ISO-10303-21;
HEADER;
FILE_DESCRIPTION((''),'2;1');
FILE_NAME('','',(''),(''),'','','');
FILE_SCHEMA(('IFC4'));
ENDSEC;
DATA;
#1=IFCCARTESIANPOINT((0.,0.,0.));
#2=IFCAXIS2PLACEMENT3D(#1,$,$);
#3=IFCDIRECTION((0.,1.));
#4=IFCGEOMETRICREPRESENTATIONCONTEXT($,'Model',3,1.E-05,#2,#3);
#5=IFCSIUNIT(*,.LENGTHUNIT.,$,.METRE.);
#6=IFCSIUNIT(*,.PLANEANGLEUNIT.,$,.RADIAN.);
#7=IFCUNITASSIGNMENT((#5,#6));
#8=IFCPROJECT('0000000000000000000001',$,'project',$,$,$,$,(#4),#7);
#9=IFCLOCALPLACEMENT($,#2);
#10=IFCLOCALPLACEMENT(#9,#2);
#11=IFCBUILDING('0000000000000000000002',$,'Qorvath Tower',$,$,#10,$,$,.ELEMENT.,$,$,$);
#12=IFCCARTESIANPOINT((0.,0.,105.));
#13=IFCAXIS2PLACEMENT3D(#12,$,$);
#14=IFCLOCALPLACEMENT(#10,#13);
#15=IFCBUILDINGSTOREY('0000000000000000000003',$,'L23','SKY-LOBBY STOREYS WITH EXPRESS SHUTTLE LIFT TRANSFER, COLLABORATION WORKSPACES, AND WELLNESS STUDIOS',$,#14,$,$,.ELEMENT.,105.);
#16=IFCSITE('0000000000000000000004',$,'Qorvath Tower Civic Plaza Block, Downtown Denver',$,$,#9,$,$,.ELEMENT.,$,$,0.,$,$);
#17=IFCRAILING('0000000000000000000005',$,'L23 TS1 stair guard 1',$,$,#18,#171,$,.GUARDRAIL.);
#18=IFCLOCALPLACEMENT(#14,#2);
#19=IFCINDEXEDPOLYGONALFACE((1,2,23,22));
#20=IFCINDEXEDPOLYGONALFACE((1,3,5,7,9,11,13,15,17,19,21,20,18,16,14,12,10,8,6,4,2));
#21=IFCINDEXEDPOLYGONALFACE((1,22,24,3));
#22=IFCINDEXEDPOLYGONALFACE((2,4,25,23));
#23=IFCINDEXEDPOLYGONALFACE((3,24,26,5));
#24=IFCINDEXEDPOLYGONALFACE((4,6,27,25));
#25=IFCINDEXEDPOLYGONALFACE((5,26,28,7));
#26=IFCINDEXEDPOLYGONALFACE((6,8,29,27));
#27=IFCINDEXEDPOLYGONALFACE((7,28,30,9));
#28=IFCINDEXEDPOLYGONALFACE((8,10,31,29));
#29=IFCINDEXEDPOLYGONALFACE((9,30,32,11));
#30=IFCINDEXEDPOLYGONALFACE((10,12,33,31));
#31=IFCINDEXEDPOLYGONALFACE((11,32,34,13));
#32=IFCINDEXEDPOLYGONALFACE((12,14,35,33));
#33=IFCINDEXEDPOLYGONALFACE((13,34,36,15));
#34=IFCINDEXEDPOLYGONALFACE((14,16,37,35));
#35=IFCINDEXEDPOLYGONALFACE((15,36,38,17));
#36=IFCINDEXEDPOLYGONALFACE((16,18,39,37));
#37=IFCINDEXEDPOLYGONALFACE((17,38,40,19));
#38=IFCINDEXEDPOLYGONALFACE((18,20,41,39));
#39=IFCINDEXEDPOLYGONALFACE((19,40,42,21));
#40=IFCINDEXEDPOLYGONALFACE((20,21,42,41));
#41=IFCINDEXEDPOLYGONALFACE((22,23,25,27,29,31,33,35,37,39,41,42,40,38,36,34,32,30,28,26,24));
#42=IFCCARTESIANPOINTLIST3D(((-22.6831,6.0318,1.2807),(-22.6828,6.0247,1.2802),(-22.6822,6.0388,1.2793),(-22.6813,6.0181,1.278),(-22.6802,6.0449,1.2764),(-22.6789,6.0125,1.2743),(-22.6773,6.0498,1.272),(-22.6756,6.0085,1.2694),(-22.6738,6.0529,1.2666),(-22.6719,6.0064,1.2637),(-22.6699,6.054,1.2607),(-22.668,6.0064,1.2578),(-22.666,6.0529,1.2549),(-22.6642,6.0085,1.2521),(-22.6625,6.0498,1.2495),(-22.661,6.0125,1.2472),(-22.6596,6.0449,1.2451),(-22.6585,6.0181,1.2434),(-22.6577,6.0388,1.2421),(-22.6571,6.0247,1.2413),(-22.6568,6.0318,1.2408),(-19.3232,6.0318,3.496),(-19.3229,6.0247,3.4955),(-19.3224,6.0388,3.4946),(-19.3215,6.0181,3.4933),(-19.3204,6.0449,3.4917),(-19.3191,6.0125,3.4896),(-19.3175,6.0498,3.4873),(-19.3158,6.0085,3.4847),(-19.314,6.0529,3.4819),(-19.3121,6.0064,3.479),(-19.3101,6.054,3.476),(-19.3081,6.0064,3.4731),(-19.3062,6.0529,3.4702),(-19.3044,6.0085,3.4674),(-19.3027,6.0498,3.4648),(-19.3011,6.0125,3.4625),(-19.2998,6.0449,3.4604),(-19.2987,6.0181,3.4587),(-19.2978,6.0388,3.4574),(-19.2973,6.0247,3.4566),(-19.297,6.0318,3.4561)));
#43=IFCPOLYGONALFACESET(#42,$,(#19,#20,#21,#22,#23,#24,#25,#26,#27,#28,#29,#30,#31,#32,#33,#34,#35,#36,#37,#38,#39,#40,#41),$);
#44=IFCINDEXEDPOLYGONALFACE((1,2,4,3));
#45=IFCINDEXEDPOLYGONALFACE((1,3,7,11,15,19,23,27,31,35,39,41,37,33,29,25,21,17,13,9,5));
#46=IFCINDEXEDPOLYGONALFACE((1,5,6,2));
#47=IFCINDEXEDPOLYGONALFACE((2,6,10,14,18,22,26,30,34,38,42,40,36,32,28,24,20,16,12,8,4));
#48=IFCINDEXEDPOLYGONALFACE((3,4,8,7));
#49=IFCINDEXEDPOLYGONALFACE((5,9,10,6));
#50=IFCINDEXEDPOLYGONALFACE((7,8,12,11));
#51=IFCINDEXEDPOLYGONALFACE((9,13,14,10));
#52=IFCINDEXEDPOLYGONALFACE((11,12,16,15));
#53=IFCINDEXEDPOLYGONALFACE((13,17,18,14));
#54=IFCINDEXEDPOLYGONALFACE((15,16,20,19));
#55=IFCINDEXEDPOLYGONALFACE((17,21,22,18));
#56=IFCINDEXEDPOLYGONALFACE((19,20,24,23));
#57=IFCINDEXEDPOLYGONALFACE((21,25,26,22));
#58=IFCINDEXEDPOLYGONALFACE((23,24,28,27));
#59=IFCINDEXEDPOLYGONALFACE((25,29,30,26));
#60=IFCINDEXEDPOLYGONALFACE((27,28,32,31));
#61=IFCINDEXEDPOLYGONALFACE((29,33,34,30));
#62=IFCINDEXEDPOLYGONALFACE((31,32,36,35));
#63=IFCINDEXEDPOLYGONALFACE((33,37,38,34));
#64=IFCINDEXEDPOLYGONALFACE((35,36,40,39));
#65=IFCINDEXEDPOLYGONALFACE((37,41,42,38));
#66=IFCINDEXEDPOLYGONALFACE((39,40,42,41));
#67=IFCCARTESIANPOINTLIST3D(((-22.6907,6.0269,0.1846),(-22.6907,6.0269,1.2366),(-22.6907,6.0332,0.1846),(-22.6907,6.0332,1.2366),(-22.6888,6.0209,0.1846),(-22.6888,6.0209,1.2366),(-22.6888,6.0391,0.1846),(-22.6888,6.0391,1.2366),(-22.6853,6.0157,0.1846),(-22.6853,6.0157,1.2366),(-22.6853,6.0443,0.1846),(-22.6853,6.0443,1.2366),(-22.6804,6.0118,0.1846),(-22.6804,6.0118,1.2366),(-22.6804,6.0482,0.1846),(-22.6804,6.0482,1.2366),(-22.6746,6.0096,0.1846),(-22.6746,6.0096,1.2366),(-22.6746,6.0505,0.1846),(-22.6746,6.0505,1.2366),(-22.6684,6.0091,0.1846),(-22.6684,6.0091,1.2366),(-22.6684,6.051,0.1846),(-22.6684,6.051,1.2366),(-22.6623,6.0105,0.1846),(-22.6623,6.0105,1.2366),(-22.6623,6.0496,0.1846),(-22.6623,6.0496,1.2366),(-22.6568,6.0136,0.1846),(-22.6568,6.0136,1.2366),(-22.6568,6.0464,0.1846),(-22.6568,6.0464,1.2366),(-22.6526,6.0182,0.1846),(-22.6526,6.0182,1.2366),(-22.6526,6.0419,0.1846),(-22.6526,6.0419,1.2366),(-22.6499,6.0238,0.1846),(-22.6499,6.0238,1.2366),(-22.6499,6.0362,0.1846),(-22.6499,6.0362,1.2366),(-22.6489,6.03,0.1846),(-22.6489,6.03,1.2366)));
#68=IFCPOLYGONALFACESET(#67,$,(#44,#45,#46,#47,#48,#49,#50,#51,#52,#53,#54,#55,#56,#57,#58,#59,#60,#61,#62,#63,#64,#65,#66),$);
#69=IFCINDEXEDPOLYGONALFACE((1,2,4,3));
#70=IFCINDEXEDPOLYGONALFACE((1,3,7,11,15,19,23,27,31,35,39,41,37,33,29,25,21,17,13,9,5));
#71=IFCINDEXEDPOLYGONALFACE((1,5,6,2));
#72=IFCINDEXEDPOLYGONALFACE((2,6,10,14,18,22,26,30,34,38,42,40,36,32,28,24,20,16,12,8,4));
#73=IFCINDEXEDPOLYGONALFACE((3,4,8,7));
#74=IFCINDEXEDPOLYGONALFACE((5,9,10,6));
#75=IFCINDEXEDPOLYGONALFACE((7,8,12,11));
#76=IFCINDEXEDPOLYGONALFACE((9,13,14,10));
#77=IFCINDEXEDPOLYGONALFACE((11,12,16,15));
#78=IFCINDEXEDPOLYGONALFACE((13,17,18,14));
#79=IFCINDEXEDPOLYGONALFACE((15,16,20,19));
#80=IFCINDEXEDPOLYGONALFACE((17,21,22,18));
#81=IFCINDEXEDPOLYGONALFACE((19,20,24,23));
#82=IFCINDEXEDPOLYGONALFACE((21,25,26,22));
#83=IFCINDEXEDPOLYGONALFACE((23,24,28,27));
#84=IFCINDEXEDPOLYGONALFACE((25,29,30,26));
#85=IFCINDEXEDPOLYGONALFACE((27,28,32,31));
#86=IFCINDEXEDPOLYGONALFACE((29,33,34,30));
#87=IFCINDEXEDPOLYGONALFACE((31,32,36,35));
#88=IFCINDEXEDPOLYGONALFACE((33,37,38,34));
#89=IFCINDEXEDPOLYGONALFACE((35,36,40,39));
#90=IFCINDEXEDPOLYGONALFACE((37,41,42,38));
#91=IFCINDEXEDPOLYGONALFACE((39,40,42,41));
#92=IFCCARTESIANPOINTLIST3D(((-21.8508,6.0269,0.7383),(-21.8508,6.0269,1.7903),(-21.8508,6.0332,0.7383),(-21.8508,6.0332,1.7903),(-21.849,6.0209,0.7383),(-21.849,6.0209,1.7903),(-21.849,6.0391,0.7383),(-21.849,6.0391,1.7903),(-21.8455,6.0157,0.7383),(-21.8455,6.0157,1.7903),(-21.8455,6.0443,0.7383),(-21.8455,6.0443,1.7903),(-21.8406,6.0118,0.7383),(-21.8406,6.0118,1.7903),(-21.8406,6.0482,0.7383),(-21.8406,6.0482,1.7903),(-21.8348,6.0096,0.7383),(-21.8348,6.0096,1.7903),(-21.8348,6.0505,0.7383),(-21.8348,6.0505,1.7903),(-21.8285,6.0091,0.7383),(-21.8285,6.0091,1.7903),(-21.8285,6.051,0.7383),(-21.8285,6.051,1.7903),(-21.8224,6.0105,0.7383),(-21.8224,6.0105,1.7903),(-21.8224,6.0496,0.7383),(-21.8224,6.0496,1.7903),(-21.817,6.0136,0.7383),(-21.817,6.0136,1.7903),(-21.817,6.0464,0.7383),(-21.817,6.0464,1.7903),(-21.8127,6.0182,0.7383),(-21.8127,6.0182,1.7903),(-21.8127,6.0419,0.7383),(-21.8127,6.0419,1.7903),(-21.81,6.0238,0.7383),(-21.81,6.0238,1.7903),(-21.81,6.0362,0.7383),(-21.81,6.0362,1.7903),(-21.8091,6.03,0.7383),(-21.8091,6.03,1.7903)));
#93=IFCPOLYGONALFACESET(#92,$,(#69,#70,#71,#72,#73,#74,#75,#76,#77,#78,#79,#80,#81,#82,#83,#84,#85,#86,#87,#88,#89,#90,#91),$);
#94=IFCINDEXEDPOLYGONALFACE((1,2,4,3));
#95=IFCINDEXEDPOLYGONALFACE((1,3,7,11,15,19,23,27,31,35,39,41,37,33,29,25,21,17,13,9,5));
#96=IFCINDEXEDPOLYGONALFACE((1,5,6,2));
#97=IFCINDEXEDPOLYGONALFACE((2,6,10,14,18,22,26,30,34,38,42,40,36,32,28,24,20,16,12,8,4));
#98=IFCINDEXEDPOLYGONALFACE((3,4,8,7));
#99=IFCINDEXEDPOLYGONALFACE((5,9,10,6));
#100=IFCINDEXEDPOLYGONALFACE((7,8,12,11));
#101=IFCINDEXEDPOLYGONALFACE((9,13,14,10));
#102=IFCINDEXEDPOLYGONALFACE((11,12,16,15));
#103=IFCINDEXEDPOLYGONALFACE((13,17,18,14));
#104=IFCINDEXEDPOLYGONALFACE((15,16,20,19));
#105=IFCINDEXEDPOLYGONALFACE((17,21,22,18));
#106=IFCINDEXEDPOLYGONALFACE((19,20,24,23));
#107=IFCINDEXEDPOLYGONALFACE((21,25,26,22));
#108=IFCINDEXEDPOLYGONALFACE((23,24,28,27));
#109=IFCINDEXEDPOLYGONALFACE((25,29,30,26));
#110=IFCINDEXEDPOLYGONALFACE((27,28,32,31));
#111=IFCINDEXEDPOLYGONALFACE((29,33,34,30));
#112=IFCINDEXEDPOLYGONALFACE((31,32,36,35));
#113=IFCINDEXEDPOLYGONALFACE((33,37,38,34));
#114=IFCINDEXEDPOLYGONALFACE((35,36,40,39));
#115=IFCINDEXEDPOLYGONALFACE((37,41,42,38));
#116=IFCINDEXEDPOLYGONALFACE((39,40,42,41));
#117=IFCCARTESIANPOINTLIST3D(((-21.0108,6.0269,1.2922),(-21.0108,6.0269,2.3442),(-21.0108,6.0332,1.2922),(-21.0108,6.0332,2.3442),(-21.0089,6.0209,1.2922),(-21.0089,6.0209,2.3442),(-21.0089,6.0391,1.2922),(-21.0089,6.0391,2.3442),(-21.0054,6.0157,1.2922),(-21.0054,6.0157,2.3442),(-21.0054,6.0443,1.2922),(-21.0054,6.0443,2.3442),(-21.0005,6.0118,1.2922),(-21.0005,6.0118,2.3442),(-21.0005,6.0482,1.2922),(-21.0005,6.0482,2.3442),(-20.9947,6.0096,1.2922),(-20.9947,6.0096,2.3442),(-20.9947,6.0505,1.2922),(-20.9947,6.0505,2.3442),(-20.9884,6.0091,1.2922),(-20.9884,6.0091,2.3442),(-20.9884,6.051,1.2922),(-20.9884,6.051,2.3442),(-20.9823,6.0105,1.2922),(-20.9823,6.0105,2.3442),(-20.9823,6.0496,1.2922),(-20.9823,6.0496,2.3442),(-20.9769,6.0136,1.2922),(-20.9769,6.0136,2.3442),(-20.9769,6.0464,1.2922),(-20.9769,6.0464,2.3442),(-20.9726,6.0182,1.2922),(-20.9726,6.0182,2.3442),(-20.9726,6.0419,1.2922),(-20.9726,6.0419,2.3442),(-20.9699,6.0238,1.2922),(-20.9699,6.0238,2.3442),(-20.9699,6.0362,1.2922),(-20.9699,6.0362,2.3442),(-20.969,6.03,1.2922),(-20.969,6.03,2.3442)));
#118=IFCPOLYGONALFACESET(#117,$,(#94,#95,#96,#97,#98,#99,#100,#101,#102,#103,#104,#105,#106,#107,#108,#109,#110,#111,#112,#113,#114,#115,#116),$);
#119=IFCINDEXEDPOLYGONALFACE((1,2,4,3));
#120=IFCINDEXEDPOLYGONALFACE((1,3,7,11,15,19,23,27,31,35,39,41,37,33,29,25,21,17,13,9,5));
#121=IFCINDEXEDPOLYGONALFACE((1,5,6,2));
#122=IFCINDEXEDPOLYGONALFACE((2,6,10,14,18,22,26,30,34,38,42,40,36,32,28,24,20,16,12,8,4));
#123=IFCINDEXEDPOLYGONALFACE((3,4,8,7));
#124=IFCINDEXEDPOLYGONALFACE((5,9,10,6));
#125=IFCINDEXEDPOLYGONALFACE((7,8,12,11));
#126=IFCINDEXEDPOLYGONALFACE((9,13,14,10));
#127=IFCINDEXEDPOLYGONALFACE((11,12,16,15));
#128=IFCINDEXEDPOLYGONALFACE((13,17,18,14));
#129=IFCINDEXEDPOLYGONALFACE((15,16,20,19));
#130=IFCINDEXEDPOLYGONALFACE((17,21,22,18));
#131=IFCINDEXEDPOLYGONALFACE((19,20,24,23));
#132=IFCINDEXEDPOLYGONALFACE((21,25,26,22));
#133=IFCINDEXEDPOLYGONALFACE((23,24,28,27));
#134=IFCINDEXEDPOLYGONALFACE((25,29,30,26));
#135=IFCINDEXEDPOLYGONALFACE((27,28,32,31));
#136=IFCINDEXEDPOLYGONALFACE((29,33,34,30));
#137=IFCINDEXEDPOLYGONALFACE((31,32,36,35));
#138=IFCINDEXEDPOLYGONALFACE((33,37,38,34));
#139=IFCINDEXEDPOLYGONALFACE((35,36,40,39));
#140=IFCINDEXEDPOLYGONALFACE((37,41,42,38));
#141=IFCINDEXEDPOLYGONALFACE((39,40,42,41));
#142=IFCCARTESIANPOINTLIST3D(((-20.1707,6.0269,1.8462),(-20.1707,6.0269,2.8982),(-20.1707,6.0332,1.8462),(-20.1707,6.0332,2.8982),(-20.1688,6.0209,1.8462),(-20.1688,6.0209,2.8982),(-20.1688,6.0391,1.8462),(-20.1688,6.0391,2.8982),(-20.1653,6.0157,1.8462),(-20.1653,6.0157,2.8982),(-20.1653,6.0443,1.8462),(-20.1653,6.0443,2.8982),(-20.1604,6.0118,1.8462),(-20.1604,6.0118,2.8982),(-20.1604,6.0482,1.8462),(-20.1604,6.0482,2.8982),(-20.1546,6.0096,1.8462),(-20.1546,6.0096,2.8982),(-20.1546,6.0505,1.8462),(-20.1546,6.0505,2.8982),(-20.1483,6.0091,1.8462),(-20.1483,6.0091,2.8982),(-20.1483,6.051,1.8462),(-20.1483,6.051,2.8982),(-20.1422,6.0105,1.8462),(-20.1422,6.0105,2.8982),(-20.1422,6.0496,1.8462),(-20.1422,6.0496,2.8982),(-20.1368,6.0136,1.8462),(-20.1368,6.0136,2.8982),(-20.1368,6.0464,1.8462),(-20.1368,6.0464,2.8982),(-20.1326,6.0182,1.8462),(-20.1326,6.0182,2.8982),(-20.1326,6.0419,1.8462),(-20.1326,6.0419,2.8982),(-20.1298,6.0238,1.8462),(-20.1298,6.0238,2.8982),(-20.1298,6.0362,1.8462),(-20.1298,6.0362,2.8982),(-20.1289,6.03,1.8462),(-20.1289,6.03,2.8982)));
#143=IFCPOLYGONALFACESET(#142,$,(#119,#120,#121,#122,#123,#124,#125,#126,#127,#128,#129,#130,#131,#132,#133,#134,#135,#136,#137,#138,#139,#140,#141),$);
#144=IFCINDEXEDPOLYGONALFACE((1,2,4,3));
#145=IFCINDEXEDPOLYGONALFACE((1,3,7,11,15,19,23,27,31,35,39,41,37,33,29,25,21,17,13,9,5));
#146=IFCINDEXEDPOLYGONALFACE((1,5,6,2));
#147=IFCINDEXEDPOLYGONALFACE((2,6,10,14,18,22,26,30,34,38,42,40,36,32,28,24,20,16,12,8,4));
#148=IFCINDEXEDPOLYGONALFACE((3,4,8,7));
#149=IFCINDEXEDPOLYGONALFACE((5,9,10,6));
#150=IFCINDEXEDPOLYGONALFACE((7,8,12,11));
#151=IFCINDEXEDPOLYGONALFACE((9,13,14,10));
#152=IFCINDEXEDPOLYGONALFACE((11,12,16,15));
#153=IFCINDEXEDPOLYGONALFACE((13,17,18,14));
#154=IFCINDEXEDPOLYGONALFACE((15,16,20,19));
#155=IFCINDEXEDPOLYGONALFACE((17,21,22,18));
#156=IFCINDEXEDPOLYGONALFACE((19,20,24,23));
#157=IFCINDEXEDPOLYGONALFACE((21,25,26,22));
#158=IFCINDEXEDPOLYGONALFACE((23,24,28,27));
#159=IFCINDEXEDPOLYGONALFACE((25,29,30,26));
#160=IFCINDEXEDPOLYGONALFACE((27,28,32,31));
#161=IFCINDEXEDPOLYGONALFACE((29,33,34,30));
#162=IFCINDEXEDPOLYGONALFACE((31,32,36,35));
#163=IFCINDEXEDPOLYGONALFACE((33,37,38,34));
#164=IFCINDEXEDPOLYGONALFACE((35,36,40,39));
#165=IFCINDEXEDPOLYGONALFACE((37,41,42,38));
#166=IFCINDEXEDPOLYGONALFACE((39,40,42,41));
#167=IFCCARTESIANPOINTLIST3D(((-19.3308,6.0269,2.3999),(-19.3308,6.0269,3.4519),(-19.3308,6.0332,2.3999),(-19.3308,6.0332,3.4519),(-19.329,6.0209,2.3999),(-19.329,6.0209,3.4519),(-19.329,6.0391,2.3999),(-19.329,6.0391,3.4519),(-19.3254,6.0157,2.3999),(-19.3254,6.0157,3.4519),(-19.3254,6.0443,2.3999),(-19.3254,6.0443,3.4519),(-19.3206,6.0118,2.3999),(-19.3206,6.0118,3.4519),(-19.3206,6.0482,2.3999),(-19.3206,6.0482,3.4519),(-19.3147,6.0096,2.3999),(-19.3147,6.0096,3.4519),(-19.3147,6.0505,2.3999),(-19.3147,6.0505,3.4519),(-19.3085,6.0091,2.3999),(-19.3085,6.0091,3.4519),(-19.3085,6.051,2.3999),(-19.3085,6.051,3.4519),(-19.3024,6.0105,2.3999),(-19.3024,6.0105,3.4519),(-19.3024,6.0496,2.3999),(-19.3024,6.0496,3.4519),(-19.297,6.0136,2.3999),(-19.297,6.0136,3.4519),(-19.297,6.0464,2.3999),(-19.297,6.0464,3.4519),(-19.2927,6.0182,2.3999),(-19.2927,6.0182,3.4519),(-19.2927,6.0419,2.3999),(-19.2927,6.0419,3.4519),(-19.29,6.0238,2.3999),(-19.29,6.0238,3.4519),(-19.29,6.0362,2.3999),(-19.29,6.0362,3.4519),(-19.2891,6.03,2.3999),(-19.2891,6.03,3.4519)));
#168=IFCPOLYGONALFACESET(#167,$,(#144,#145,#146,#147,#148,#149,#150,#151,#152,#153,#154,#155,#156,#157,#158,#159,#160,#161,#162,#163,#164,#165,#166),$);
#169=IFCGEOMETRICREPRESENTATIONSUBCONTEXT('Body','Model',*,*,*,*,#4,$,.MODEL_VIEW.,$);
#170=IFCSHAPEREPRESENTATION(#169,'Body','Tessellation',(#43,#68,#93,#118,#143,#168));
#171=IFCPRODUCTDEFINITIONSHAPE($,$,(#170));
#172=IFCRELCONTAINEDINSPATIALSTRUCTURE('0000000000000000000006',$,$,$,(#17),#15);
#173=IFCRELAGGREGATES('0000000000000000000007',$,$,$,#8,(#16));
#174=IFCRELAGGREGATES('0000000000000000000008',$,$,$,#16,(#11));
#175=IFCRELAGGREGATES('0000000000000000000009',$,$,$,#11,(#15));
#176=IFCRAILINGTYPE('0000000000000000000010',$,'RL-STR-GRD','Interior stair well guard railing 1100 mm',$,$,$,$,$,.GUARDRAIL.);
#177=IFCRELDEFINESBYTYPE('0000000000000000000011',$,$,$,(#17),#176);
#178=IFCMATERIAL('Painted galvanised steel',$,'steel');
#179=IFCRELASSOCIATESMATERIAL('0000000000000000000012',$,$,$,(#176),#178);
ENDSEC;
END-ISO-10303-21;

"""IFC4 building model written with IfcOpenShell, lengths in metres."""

from ifc_helpers import new_model, si_unit, direction, frame, origin, origin_2d, place, context, subcontext, project, spatial, circle, extrude, material, type_object, element, save


model = new_model("IFC4")

# Units and contexts
model_context = context("Model", 3, precision=1e-05, world=origin(), true_north=direction((0.0, 1.0)))
body_context = subcontext(model_context, "Body", "Model", "MODEL_VIEW")
ifc_project = project(units=[si_unit("LENGTHUNIT", "METRE"), si_unit("PLANEANGLEUNIT", "RADIAN")], contexts=[model_context])

# Site, building, storey
site_placement = place(None, origin())
site = spatial("IfcSite", under=ifc_project, at=site_placement, Name="Qorvath Tower Civic Plaza Block, Downtown Denver", CompositionType="ELEMENT", RefElevation=0.0)
building_placement = place(site_placement, origin())
building = spatial("IfcBuilding", under=site, at=building_placement, Name="Qorvath Tower", CompositionType="ELEMENT")
storey_placement = place(building_placement, frame((0.0, 0.0, 105.0)))
storey = spatial("IfcBuildingStorey", under=building, at=storey_placement, Name="L23", Description="SKY-LOBBY STOREYS WITH EXPRESS SHUTTLE LIFT TRANSFER, COLLABORATION WORKSPACES, AND WELLNESS STUDIOS", CompositionType="ELEMENT", Elevation=105.0)

# Railing
ifc_material_1 = material(Name="Painted galvanised steel", Category="steel")
railing_type_1 = type_object("IfcRailingType", Name="RL-STR-GRD", Description="Interior stair well guard railing 1100 mm", PredefinedType="GUARDRAIL", material=ifc_material_1)
railing_1_placement = place(storey_placement, frame((-22.6699, 6.03, 0.1846)))
element("IfcRailing", 1, at=railing_1_placement, inside=storey, type_object=railing_type_1, Name="L23 TS1 stair guard 1", PredefinedType="GUARDRAIL", context=body_context, shape_type="SweptSolid", body=[
    extrude(circle(Radius=0.0239, at=origin_2d()), frame((0.0, 0.0, 1.0762), z_axis=(0.834858, 0.0, 0.550465), x_axis=(0.0, 1.0, 0.0)), (0.0, 0.0, 1.0), 4.0244),
    extrude(circle(Radius=0.021, at=origin_2d()), origin(), (0.0, 0.0, 1.0), 1.052),
    extrude(circle(Radius=0.021, at=origin_2d()), frame((0.8398, 0.0, 0.5537)), (0.0, 0.0, 1.0), 1.052),
    extrude(circle(Radius=0.021, at=origin_2d()), frame((1.6799, 0.0, 1.1077)), (0.0, 0.0, 1.0), 1.052),
    extrude(circle(Radius=0.021, at=origin_2d()), frame((2.52, 0.0, 1.6616)), (0.0, 0.0, 1.0), 1.052),
    extrude(circle(Radius=0.021, at=origin_2d()), frame((3.3599, 0.0, 2.2153)), (0.0, 0.0, 1.0), 1.052),
])

save(model, "model.ifc")
